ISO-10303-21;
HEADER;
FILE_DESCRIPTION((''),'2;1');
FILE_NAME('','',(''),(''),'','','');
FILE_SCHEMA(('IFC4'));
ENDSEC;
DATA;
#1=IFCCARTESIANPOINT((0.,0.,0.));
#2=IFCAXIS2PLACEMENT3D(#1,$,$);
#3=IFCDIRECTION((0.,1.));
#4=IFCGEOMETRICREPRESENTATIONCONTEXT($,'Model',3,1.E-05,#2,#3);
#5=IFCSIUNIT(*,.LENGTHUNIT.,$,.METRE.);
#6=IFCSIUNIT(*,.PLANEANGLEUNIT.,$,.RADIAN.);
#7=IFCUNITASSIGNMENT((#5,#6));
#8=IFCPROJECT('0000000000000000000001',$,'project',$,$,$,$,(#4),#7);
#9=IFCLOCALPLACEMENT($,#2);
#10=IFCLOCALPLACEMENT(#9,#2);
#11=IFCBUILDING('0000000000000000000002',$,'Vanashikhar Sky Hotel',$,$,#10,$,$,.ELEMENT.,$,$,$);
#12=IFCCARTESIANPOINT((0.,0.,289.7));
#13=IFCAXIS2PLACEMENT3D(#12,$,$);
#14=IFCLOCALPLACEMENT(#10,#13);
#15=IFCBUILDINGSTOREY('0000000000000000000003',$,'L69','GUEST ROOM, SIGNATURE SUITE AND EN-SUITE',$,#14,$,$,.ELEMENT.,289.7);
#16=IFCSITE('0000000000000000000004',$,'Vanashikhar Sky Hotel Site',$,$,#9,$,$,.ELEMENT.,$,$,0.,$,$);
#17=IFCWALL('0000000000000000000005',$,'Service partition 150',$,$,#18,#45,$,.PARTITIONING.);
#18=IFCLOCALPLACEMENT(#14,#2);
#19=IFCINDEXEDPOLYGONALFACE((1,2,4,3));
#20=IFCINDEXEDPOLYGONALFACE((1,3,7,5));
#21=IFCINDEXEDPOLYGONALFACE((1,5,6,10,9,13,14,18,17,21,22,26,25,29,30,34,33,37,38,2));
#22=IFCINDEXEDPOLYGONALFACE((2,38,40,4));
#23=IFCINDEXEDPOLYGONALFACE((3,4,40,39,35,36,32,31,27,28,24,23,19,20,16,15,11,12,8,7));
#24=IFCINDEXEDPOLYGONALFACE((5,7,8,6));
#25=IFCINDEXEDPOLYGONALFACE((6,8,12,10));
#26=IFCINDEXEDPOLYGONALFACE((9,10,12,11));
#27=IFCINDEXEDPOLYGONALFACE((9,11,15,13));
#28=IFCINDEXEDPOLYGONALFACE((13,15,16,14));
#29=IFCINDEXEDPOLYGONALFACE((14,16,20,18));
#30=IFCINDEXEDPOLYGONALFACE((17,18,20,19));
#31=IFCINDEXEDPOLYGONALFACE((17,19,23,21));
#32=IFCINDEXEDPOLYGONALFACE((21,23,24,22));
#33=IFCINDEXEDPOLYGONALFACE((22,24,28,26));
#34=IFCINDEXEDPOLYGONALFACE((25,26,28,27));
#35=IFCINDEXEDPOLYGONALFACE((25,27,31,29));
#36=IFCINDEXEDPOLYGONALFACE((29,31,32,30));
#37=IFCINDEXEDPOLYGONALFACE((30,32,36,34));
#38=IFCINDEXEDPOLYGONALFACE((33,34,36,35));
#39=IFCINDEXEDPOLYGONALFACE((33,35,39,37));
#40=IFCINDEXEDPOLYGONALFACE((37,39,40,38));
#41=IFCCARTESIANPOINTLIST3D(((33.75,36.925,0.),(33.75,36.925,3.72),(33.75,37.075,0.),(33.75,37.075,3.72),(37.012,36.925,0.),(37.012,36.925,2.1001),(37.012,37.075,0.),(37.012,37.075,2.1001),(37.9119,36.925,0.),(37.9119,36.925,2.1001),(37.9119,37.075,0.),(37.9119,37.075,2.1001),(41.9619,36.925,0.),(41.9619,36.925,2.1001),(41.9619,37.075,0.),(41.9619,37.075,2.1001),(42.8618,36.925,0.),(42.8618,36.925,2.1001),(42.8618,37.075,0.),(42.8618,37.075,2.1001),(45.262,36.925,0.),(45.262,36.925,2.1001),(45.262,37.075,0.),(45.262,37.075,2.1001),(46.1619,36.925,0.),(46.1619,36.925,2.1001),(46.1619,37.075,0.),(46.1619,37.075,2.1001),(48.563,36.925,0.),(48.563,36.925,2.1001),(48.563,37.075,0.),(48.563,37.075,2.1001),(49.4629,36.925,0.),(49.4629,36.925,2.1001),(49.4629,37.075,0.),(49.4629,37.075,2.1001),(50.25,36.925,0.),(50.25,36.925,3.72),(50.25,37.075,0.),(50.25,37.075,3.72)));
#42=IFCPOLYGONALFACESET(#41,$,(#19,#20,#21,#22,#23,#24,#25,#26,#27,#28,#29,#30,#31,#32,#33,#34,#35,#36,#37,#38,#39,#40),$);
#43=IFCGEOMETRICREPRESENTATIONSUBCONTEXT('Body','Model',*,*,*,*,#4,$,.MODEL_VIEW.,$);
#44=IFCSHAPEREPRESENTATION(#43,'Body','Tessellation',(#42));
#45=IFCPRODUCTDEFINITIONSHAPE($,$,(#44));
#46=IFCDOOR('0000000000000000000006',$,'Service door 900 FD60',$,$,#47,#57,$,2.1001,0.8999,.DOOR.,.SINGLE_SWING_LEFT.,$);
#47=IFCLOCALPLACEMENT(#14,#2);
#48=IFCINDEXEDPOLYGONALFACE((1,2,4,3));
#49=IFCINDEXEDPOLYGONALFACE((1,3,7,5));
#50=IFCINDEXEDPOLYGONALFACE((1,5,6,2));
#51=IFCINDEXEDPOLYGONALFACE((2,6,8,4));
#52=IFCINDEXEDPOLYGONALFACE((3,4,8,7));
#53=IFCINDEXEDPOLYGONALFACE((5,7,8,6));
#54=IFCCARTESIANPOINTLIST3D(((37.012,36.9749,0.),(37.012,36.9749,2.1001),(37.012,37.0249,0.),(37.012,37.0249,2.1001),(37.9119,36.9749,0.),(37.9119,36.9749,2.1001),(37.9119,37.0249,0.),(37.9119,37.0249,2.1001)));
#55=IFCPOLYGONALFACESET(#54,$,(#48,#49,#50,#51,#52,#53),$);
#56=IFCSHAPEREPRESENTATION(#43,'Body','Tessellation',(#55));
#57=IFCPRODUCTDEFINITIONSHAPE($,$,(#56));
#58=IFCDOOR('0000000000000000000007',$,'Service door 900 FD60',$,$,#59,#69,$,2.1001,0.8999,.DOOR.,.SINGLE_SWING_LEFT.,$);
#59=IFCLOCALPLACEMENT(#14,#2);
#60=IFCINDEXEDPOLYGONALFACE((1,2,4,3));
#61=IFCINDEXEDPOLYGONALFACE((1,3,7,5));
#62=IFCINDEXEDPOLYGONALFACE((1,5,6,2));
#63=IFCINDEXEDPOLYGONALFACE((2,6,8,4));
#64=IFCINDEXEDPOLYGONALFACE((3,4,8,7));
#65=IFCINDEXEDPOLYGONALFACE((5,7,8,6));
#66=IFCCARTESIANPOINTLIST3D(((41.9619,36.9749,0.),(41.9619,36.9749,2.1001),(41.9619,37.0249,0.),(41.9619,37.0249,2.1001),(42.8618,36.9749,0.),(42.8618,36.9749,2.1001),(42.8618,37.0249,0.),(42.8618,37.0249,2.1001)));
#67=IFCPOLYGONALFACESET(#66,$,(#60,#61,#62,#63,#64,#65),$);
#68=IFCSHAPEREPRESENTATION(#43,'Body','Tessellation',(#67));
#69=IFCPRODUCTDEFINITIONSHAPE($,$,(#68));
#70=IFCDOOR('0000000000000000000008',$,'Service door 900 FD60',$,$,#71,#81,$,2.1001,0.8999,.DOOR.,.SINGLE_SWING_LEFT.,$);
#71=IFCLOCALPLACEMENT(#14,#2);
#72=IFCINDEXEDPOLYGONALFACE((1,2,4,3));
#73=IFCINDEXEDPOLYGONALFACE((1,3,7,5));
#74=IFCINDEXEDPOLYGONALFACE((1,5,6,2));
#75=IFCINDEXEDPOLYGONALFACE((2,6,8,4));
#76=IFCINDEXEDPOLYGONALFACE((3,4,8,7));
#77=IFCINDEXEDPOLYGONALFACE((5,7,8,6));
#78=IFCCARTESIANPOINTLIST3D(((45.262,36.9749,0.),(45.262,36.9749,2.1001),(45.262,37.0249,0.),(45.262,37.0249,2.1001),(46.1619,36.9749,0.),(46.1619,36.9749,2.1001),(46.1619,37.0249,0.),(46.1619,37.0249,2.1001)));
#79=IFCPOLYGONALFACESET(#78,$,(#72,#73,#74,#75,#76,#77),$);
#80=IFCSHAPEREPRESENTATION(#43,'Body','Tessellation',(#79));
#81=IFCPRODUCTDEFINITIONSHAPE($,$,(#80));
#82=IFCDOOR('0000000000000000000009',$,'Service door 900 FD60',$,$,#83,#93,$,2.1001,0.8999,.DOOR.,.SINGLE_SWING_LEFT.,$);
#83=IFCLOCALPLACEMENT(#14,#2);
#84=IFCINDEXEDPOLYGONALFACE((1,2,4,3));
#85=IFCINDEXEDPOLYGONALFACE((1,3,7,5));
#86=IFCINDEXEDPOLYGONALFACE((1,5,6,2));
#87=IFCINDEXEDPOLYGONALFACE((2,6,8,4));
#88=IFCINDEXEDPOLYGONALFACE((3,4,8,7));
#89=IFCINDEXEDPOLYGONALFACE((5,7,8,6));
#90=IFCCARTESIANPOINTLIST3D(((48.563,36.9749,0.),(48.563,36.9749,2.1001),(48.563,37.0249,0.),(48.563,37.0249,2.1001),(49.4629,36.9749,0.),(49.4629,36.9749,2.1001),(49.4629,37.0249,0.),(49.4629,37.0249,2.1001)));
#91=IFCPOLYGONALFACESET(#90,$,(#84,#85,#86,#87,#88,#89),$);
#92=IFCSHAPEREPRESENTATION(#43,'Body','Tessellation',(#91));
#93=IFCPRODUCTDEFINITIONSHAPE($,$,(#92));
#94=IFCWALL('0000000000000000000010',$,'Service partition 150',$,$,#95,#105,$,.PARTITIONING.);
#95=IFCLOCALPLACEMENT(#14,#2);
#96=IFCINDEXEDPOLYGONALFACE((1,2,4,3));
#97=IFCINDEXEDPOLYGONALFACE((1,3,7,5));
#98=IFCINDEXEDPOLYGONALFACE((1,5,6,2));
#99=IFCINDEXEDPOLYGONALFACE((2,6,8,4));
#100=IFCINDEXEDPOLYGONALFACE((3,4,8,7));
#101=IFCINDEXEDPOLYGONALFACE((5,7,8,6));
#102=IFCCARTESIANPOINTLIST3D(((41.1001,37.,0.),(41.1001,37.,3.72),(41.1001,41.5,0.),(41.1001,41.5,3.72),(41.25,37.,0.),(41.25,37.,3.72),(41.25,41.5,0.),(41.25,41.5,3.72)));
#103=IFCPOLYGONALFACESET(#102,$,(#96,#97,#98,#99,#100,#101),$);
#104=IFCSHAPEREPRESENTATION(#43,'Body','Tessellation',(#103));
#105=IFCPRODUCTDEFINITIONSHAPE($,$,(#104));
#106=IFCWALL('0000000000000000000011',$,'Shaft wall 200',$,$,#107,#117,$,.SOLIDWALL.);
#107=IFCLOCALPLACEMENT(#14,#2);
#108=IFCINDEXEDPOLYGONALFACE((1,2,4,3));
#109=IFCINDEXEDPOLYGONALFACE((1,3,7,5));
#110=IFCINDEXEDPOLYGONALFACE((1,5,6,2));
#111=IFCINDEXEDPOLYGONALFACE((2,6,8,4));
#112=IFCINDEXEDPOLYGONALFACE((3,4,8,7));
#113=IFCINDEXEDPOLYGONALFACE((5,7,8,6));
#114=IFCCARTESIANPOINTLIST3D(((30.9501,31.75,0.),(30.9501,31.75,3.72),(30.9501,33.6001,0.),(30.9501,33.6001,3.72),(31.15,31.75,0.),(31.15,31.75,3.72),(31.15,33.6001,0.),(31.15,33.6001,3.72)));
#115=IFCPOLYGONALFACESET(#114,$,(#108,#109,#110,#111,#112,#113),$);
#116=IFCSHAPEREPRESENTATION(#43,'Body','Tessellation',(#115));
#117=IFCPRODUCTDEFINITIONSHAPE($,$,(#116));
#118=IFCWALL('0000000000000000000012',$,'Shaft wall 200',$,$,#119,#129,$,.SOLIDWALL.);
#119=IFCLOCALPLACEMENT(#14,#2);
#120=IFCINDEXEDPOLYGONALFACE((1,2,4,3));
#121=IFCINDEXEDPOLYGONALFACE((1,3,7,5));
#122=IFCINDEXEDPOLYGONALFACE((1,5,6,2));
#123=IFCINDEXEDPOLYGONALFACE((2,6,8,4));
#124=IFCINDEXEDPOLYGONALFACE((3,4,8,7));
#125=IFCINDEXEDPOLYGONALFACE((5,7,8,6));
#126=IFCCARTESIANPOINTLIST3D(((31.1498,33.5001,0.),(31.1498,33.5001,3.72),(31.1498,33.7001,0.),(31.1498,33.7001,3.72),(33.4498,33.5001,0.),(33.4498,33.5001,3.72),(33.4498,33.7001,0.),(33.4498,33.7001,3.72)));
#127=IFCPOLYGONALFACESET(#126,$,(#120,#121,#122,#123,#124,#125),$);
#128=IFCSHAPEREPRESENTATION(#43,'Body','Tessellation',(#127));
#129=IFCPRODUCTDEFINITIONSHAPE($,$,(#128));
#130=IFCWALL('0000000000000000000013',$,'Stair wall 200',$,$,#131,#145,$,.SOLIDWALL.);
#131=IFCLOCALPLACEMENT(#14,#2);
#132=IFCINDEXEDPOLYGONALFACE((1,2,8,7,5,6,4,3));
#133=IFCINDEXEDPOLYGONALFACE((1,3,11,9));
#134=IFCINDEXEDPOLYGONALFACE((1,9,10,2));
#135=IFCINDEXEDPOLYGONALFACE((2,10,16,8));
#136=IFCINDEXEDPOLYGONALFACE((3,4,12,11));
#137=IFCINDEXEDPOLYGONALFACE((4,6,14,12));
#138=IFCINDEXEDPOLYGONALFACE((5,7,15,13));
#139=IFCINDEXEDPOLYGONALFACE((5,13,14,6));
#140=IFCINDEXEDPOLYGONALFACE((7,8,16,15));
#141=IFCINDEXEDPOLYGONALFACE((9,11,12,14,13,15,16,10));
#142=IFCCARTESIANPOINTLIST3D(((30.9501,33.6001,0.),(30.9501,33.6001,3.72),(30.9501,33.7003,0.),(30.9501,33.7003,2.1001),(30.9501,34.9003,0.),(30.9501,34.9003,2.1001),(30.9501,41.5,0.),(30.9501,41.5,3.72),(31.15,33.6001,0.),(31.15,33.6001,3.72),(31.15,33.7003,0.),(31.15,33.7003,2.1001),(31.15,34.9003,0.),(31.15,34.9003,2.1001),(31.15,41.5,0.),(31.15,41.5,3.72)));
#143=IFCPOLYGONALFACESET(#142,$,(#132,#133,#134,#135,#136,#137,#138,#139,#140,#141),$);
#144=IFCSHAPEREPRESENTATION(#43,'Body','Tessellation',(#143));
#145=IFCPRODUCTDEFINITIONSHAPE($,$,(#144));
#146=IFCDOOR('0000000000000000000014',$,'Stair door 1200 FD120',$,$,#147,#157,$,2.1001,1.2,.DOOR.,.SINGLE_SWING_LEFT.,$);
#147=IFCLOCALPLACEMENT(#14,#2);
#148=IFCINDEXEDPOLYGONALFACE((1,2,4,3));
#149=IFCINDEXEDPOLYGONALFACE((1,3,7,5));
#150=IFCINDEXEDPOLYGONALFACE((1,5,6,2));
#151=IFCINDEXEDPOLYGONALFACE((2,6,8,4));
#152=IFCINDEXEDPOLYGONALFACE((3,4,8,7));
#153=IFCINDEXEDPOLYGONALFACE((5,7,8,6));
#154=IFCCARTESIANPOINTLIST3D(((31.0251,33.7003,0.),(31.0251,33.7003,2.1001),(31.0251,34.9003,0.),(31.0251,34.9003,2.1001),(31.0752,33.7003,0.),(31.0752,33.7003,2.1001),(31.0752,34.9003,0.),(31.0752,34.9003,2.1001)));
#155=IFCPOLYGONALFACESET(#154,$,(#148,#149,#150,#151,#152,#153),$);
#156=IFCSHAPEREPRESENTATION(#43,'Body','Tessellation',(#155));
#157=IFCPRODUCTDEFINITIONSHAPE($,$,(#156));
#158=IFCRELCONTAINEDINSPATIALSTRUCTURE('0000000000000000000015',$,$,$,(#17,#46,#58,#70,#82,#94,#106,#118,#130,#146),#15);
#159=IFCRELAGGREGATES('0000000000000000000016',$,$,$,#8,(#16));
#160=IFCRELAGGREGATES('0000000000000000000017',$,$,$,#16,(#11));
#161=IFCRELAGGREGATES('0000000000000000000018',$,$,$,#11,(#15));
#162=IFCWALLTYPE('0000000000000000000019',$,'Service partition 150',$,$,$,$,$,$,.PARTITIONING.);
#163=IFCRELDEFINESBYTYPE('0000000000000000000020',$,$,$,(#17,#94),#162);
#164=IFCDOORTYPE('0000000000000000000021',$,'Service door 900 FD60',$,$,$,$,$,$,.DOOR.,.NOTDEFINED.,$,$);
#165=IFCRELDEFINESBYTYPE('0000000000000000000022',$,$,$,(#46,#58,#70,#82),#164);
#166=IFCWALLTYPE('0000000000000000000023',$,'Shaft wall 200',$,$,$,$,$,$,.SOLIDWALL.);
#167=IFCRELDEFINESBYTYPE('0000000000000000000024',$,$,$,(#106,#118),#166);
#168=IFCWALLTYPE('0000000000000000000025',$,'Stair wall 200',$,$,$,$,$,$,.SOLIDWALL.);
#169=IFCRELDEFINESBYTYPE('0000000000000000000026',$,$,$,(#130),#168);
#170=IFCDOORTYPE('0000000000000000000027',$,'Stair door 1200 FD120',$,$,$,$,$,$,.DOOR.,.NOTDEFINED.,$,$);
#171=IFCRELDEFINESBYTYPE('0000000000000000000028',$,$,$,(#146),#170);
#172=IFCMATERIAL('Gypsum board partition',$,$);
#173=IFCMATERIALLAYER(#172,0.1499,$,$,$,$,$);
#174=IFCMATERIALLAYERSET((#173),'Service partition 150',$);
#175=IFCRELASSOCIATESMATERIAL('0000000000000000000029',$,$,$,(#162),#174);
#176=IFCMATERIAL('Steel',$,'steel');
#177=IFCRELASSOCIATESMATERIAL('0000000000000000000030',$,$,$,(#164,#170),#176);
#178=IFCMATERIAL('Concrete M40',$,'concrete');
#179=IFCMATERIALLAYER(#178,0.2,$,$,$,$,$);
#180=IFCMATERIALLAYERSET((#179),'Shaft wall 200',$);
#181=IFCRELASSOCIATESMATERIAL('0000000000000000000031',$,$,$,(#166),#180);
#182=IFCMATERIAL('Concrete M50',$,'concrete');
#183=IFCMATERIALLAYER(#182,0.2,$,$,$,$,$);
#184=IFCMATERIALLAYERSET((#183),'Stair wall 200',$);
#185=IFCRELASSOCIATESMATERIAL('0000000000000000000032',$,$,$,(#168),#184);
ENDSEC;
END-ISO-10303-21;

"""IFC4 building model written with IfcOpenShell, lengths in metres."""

from ifc_helpers import new_model, si_unit, direction, frame, frame_2d, origin, place, context, subcontext, project, spatial, rectangle, extrude, source, transform, mapped, material, layer, layer_set, type_object, element, fill, save


model = new_model("IFC4")

# Units and contexts
model_context = context("Model", 3, precision=1e-05, world=origin(), true_north=direction((0.0, 1.0)))
body_context = subcontext(model_context, "Body", "Model", "MODEL_VIEW")
ifc_project = project(units=[si_unit("LENGTHUNIT", "METRE"), si_unit("PLANEANGLEUNIT", "RADIAN")], contexts=[model_context])

# Site, building, storey
site_placement = place(None, origin())
site = spatial("IfcSite", under=ifc_project, at=site_placement, Name="Vanashikhar Sky Hotel Site", CompositionType="ELEMENT", RefElevation=0.0)
building_placement = place(site_placement, origin())
building = spatial("IfcBuilding", under=site, at=building_placement, Name="Vanashikhar Sky Hotel", CompositionType="ELEMENT")
storey_placement = place(building_placement, frame((0.0, 0.0, 289.7)))
storey = spatial("IfcBuildingStorey", under=building, at=storey_placement, Name="L69", Description="GUEST ROOM, SIGNATURE SUITE AND EN-SUITE", CompositionType="ELEMENT", Elevation=289.7)

# Shared definitions
ifc_material_1 = material(Name="Concrete M50", Category="concrete")
ifc_material_2 = material(Name="Steel", Category="steel")

# Shared definitions
ifc_material_3 = material(Name="Gypsum board partition")
ifc_layer_1 = layer(ifc_material_3, 0.1499)
ifc_layer_set_1 = layer_set([ifc_layer_1], Name="Service partition 150")
wall_type_1 = type_object("IfcWallType", Name="Service partition 150", PredefinedType="PARTITIONING", material=ifc_layer_set_1)

# Wall, openings, doors
shared_shape_1 = source(origin(), body_context, "Body", "SweptSolid", [
    extrude(rectangle(XDim=0.8999, YDim=2.1001, at=frame_2d((0.45, 1.05))), frame((0.0, 0.085, 0.0), z_axis=(0.0, -1.0, 0.0), x_axis=(1.0, 0.0, 0.0)), (0.0, 0.0, 1.0), 0.1699),
])
door_type_1 = type_object("IfcDoorType", Name="Service door 900 FD60", OperationType="NOTDEFINED", PredefinedType="DOOR", material=ifc_material_2)
shared_shape_2 = source(origin(), body_context, "Body", "SweptSolid", [
    extrude(rectangle(XDim=0.8999, YDim=2.1001, at=frame_2d((0.45, 1.05))), frame((0.0, 0.0249, 0.0), z_axis=(0.0, -1.0, 0.0), x_axis=(1.0, 0.0, 0.0)), (0.0, 0.0, 1.0), 0.05),
])
shared_shape_3 = source(origin(), body_context, "Body", "SweptSolid", [
    extrude(rectangle(XDim=16.5, YDim=0.1499, at=frame_2d((8.25, 0.0))), origin(), (0.0, 0.0, 1.0), 3.72),
])
wall_1_placement = place(storey_placement, frame((33.75, 37.0, 0.0), z_axis=(0.0, 0.0, 1.0), x_axis=(1.0, 0.0, 0.0)))
wall_1 = element("IfcWall", 1, at=wall_1_placement, inside=storey, type_object=wall_type_1, Name="Service partition 150", PredefinedType="PARTITIONING", context=body_context, shape_type="MappedRepresentation", body=[
    mapped(shared_shape_3, transform((0.0, 0.0, 0.0), scale=1.0)),
])
opening_1_placement = place(wall_1_placement, frame((3.262, 0.0, 0.0)))
opening_1 = element("IfcOpeningElement", 2, at=opening_1_placement, cuts=wall_1, PredefinedType="OPENING", context=body_context, shape_type="MappedRepresentation", body=[
    mapped(shared_shape_1, transform((0.0, 0.0, 0.0), scale=1.0)),
])
opening_2_placement = place(wall_1_placement, frame((8.2119, 0.0, 0.0)))
opening_2 = element("IfcOpeningElement", 3, at=opening_2_placement, cuts=wall_1, PredefinedType="OPENING", context=body_context, shape_type="MappedRepresentation", body=[
    mapped(shared_shape_1, transform((0.0, 0.0, 0.0), scale=1.0)),
])
opening_3_placement = place(wall_1_placement, frame((11.512, 0.0, 0.0)))
opening_3 = element("IfcOpeningElement", 4, at=opening_3_placement, cuts=wall_1, PredefinedType="OPENING", context=body_context, shape_type="MappedRepresentation", body=[
    mapped(shared_shape_1, transform((0.0, 0.0, 0.0), scale=1.0)),
])
opening_4_placement = place(wall_1_placement, frame((14.813, 0.0, 0.0)))
opening_4 = element("IfcOpeningElement", 5, at=opening_4_placement, cuts=wall_1, PredefinedType="OPENING", context=body_context, shape_type="MappedRepresentation", body=[
    mapped(shared_shape_1, transform((0.0, 0.0, 0.0), scale=1.0)),
])
door_1_placement = place(opening_1_placement, origin())
door_1 = element("IfcDoor", 6, at=door_1_placement, inside=storey, type_object=door_type_1, Name="Service door 900 FD60", OperationType="SINGLE_SWING_LEFT", OverallHeight=2.1001, OverallWidth=0.8999, PredefinedType="DOOR", context=body_context, shape_type="MappedRepresentation", body=[
    mapped(shared_shape_2, transform((0.0, 0.0, 0.0), scale=1.0)),
])
fill(opening_1, door_1)
door_2_placement = place(opening_2_placement, origin())
door_2 = element("IfcDoor", 7, at=door_2_placement, inside=storey, type_object=door_type_1, Name="Service door 900 FD60", OperationType="SINGLE_SWING_LEFT", OverallHeight=2.1001, OverallWidth=0.8999, PredefinedType="DOOR", context=body_context, shape_type="MappedRepresentation", body=[
    mapped(shared_shape_2, transform((0.0, 0.0, 0.0), scale=1.0)),
])
fill(opening_2, door_2)
door_3_placement = place(opening_3_placement, origin())
door_3 = element("IfcDoor", 8, at=door_3_placement, inside=storey, type_object=door_type_1, Name="Service door 900 FD60", OperationType="SINGLE_SWING_LEFT", OverallHeight=2.1001, OverallWidth=0.8999, PredefinedType="DOOR", context=body_context, shape_type="MappedRepresentation", body=[
    mapped(shared_shape_2, transform((0.0, 0.0, 0.0), scale=1.0)),
])
fill(opening_3, door_3)
door_4_placement = place(opening_4_placement, origin())
door_4 = element("IfcDoor", 9, at=door_4_placement, inside=storey, type_object=door_type_1, Name="Service door 900 FD60", OperationType="SINGLE_SWING_LEFT", OverallHeight=2.1001, OverallWidth=0.8999, PredefinedType="DOOR", context=body_context, shape_type="MappedRepresentation", body=[
    mapped(shared_shape_2, transform((0.0, 0.0, 0.0), scale=1.0)),
])
fill(opening_4, door_4)

# Walls
shared_shape_4 = source(origin(), body_context, "Body", "SweptSolid", [
    extrude(rectangle(XDim=4.5, YDim=0.1499, at=frame_2d((2.25, 0.0))), origin(), (0.0, 0.0, 1.0), 3.72),
])
wall_2_placement = place(storey_placement, frame((41.175, 37.0, 0.0), z_axis=(0.0, 0.0, 1.0), x_axis=(0.0, 1.0, 0.0)))
element("IfcWall", 10, at=wall_2_placement, inside=storey, type_object=wall_type_1, Name="Service partition 150", PredefinedType="PARTITIONING", context=body_context, shape_type="MappedRepresentation", body=[
    mapped(shared_shape_4, transform((0.0, 0.0, 0.0), scale=1.0)),
])
ifc_material_4 = material(Name="Concrete M40", Category="concrete")
ifc_layer_2 = layer(ifc_material_4, 0.2)
ifc_layer_set_2 = layer_set([ifc_layer_2], Name="Shaft wall 200")
wall_type_2 = type_object("IfcWallType", Name="Shaft wall 200", PredefinedType="SOLIDWALL", material=ifc_layer_set_2)
shared_shape_5 = source(origin(), body_context, "Body", "SweptSolid", [
    extrude(rectangle(XDim=1.8501, YDim=0.2, at=frame_2d((0.925, 0.0))), origin(), (0.0, 0.0, 1.0), 3.72),
])
wall_3_placement = place(storey_placement, frame((31.05, 31.75, 0.0), z_axis=(0.0, 0.0, 1.0), x_axis=(0.0, 1.0, 0.0)))
element("IfcWall", 11, at=wall_3_placement, inside=storey, type_object=wall_type_2, Name="Shaft wall 200", PredefinedType="SOLIDWALL", context=body_context, shape_type="MappedRepresentation", body=[
    mapped(shared_shape_5, transform((0.0, 0.0, 0.0), scale=1.0)),
])
shared_shape_6 = source(origin(), body_context, "Body", "SweptSolid", [
    extrude(rectangle(XDim=2.3, YDim=0.2, at=frame_2d((1.1499, 0.0))), origin(), (0.0, 0.0, 1.0), 3.72),
])
wall_4_placement = place(storey_placement, frame((31.1499, 33.6001, 0.0), z_axis=(0.0, 0.0, 1.0), x_axis=(1.0, 0.0, 0.0)))
element("IfcWall", 12, at=wall_4_placement, inside=storey, type_object=wall_type_2, Name="Shaft wall 200", PredefinedType="SOLIDWALL", context=body_context, shape_type="MappedRepresentation", body=[
    mapped(shared_shape_6, transform((0.0, 0.0, 0.0), scale=1.0)),
])

# Wall, opening, door
ifc_layer_3 = layer(ifc_material_1, 0.2)
ifc_layer_set_3 = layer_set([ifc_layer_3], Name="Stair wall 200")
wall_type_3 = type_object("IfcWallType", Name="Stair wall 200", PredefinedType="SOLIDWALL", material=ifc_layer_set_3)
shared_shape_7 = source(origin(), body_context, "Body", "SweptSolid", [
    extrude(rectangle(XDim=7.8999, YDim=0.2, at=frame_2d((3.95, 0.0))), origin(), (0.0, 0.0, 1.0), 3.72),
])
wall_5_placement = place(storey_placement, frame((31.05, 33.6001, 0.0), z_axis=(0.0, 0.0, 1.0), x_axis=(0.0, 1.0, 0.0)))
wall_5 = element("IfcWall", 13, at=wall_5_placement, inside=storey, type_object=wall_type_3, Name="Stair wall 200", PredefinedType="SOLIDWALL", context=body_context, shape_type="MappedRepresentation", body=[
    mapped(shared_shape_7, transform((0.0, 0.0, 0.0), scale=1.0)),
])
shared_shape_8 = source(origin(), body_context, "Body", "SweptSolid", [
    extrude(rectangle(XDim=1.2, YDim=2.1001, at=frame_2d((0.6001, 1.05))), frame((0.0, 0.1099, 0.0), z_axis=(0.0, -1.0, 0.0), x_axis=(1.0, 0.0, 0.0)), (0.0, 0.0, 1.0), 0.22),
])
opening_5_placement = place(wall_5_placement, frame((0.1001, 0.0, 0.0)))
opening_5 = element("IfcOpeningElement", 14, at=opening_5_placement, cuts=wall_5, PredefinedType="OPENING", context=body_context, shape_type="MappedRepresentation", body=[
    mapped(shared_shape_8, transform((0.0, 0.0, 0.0), scale=1.0)),
])
door_type_2 = type_object("IfcDoorType", Name="Stair door 1200 FD120", OperationType="NOTDEFINED", PredefinedType="DOOR", material=ifc_material_2)
shared_shape_9 = source(origin(), body_context, "Body", "SweptSolid", [
    extrude(rectangle(XDim=1.2, YDim=2.1001, at=frame_2d((0.6001, 1.05))), frame((0.0, 0.0249, 0.0), z_axis=(0.0, -1.0, 0.0), x_axis=(1.0, 0.0, 0.0)), (0.0, 0.0, 1.0), 0.05),
])
door_5_placement = place(opening_5_placement, origin())
door_5 = element("IfcDoor", 15, at=door_5_placement, inside=storey, type_object=door_type_2, Name="Stair door 1200 FD120", OperationType="SINGLE_SWING_LEFT", OverallHeight=2.1001, OverallWidth=1.2, PredefinedType="DOOR", context=body_context, shape_type="MappedRepresentation", body=[
    mapped(shared_shape_9, transform((0.0, 0.0, 0.0), scale=1.0)),
])
fill(opening_5, door_5)

save(model, "model.ifc")
